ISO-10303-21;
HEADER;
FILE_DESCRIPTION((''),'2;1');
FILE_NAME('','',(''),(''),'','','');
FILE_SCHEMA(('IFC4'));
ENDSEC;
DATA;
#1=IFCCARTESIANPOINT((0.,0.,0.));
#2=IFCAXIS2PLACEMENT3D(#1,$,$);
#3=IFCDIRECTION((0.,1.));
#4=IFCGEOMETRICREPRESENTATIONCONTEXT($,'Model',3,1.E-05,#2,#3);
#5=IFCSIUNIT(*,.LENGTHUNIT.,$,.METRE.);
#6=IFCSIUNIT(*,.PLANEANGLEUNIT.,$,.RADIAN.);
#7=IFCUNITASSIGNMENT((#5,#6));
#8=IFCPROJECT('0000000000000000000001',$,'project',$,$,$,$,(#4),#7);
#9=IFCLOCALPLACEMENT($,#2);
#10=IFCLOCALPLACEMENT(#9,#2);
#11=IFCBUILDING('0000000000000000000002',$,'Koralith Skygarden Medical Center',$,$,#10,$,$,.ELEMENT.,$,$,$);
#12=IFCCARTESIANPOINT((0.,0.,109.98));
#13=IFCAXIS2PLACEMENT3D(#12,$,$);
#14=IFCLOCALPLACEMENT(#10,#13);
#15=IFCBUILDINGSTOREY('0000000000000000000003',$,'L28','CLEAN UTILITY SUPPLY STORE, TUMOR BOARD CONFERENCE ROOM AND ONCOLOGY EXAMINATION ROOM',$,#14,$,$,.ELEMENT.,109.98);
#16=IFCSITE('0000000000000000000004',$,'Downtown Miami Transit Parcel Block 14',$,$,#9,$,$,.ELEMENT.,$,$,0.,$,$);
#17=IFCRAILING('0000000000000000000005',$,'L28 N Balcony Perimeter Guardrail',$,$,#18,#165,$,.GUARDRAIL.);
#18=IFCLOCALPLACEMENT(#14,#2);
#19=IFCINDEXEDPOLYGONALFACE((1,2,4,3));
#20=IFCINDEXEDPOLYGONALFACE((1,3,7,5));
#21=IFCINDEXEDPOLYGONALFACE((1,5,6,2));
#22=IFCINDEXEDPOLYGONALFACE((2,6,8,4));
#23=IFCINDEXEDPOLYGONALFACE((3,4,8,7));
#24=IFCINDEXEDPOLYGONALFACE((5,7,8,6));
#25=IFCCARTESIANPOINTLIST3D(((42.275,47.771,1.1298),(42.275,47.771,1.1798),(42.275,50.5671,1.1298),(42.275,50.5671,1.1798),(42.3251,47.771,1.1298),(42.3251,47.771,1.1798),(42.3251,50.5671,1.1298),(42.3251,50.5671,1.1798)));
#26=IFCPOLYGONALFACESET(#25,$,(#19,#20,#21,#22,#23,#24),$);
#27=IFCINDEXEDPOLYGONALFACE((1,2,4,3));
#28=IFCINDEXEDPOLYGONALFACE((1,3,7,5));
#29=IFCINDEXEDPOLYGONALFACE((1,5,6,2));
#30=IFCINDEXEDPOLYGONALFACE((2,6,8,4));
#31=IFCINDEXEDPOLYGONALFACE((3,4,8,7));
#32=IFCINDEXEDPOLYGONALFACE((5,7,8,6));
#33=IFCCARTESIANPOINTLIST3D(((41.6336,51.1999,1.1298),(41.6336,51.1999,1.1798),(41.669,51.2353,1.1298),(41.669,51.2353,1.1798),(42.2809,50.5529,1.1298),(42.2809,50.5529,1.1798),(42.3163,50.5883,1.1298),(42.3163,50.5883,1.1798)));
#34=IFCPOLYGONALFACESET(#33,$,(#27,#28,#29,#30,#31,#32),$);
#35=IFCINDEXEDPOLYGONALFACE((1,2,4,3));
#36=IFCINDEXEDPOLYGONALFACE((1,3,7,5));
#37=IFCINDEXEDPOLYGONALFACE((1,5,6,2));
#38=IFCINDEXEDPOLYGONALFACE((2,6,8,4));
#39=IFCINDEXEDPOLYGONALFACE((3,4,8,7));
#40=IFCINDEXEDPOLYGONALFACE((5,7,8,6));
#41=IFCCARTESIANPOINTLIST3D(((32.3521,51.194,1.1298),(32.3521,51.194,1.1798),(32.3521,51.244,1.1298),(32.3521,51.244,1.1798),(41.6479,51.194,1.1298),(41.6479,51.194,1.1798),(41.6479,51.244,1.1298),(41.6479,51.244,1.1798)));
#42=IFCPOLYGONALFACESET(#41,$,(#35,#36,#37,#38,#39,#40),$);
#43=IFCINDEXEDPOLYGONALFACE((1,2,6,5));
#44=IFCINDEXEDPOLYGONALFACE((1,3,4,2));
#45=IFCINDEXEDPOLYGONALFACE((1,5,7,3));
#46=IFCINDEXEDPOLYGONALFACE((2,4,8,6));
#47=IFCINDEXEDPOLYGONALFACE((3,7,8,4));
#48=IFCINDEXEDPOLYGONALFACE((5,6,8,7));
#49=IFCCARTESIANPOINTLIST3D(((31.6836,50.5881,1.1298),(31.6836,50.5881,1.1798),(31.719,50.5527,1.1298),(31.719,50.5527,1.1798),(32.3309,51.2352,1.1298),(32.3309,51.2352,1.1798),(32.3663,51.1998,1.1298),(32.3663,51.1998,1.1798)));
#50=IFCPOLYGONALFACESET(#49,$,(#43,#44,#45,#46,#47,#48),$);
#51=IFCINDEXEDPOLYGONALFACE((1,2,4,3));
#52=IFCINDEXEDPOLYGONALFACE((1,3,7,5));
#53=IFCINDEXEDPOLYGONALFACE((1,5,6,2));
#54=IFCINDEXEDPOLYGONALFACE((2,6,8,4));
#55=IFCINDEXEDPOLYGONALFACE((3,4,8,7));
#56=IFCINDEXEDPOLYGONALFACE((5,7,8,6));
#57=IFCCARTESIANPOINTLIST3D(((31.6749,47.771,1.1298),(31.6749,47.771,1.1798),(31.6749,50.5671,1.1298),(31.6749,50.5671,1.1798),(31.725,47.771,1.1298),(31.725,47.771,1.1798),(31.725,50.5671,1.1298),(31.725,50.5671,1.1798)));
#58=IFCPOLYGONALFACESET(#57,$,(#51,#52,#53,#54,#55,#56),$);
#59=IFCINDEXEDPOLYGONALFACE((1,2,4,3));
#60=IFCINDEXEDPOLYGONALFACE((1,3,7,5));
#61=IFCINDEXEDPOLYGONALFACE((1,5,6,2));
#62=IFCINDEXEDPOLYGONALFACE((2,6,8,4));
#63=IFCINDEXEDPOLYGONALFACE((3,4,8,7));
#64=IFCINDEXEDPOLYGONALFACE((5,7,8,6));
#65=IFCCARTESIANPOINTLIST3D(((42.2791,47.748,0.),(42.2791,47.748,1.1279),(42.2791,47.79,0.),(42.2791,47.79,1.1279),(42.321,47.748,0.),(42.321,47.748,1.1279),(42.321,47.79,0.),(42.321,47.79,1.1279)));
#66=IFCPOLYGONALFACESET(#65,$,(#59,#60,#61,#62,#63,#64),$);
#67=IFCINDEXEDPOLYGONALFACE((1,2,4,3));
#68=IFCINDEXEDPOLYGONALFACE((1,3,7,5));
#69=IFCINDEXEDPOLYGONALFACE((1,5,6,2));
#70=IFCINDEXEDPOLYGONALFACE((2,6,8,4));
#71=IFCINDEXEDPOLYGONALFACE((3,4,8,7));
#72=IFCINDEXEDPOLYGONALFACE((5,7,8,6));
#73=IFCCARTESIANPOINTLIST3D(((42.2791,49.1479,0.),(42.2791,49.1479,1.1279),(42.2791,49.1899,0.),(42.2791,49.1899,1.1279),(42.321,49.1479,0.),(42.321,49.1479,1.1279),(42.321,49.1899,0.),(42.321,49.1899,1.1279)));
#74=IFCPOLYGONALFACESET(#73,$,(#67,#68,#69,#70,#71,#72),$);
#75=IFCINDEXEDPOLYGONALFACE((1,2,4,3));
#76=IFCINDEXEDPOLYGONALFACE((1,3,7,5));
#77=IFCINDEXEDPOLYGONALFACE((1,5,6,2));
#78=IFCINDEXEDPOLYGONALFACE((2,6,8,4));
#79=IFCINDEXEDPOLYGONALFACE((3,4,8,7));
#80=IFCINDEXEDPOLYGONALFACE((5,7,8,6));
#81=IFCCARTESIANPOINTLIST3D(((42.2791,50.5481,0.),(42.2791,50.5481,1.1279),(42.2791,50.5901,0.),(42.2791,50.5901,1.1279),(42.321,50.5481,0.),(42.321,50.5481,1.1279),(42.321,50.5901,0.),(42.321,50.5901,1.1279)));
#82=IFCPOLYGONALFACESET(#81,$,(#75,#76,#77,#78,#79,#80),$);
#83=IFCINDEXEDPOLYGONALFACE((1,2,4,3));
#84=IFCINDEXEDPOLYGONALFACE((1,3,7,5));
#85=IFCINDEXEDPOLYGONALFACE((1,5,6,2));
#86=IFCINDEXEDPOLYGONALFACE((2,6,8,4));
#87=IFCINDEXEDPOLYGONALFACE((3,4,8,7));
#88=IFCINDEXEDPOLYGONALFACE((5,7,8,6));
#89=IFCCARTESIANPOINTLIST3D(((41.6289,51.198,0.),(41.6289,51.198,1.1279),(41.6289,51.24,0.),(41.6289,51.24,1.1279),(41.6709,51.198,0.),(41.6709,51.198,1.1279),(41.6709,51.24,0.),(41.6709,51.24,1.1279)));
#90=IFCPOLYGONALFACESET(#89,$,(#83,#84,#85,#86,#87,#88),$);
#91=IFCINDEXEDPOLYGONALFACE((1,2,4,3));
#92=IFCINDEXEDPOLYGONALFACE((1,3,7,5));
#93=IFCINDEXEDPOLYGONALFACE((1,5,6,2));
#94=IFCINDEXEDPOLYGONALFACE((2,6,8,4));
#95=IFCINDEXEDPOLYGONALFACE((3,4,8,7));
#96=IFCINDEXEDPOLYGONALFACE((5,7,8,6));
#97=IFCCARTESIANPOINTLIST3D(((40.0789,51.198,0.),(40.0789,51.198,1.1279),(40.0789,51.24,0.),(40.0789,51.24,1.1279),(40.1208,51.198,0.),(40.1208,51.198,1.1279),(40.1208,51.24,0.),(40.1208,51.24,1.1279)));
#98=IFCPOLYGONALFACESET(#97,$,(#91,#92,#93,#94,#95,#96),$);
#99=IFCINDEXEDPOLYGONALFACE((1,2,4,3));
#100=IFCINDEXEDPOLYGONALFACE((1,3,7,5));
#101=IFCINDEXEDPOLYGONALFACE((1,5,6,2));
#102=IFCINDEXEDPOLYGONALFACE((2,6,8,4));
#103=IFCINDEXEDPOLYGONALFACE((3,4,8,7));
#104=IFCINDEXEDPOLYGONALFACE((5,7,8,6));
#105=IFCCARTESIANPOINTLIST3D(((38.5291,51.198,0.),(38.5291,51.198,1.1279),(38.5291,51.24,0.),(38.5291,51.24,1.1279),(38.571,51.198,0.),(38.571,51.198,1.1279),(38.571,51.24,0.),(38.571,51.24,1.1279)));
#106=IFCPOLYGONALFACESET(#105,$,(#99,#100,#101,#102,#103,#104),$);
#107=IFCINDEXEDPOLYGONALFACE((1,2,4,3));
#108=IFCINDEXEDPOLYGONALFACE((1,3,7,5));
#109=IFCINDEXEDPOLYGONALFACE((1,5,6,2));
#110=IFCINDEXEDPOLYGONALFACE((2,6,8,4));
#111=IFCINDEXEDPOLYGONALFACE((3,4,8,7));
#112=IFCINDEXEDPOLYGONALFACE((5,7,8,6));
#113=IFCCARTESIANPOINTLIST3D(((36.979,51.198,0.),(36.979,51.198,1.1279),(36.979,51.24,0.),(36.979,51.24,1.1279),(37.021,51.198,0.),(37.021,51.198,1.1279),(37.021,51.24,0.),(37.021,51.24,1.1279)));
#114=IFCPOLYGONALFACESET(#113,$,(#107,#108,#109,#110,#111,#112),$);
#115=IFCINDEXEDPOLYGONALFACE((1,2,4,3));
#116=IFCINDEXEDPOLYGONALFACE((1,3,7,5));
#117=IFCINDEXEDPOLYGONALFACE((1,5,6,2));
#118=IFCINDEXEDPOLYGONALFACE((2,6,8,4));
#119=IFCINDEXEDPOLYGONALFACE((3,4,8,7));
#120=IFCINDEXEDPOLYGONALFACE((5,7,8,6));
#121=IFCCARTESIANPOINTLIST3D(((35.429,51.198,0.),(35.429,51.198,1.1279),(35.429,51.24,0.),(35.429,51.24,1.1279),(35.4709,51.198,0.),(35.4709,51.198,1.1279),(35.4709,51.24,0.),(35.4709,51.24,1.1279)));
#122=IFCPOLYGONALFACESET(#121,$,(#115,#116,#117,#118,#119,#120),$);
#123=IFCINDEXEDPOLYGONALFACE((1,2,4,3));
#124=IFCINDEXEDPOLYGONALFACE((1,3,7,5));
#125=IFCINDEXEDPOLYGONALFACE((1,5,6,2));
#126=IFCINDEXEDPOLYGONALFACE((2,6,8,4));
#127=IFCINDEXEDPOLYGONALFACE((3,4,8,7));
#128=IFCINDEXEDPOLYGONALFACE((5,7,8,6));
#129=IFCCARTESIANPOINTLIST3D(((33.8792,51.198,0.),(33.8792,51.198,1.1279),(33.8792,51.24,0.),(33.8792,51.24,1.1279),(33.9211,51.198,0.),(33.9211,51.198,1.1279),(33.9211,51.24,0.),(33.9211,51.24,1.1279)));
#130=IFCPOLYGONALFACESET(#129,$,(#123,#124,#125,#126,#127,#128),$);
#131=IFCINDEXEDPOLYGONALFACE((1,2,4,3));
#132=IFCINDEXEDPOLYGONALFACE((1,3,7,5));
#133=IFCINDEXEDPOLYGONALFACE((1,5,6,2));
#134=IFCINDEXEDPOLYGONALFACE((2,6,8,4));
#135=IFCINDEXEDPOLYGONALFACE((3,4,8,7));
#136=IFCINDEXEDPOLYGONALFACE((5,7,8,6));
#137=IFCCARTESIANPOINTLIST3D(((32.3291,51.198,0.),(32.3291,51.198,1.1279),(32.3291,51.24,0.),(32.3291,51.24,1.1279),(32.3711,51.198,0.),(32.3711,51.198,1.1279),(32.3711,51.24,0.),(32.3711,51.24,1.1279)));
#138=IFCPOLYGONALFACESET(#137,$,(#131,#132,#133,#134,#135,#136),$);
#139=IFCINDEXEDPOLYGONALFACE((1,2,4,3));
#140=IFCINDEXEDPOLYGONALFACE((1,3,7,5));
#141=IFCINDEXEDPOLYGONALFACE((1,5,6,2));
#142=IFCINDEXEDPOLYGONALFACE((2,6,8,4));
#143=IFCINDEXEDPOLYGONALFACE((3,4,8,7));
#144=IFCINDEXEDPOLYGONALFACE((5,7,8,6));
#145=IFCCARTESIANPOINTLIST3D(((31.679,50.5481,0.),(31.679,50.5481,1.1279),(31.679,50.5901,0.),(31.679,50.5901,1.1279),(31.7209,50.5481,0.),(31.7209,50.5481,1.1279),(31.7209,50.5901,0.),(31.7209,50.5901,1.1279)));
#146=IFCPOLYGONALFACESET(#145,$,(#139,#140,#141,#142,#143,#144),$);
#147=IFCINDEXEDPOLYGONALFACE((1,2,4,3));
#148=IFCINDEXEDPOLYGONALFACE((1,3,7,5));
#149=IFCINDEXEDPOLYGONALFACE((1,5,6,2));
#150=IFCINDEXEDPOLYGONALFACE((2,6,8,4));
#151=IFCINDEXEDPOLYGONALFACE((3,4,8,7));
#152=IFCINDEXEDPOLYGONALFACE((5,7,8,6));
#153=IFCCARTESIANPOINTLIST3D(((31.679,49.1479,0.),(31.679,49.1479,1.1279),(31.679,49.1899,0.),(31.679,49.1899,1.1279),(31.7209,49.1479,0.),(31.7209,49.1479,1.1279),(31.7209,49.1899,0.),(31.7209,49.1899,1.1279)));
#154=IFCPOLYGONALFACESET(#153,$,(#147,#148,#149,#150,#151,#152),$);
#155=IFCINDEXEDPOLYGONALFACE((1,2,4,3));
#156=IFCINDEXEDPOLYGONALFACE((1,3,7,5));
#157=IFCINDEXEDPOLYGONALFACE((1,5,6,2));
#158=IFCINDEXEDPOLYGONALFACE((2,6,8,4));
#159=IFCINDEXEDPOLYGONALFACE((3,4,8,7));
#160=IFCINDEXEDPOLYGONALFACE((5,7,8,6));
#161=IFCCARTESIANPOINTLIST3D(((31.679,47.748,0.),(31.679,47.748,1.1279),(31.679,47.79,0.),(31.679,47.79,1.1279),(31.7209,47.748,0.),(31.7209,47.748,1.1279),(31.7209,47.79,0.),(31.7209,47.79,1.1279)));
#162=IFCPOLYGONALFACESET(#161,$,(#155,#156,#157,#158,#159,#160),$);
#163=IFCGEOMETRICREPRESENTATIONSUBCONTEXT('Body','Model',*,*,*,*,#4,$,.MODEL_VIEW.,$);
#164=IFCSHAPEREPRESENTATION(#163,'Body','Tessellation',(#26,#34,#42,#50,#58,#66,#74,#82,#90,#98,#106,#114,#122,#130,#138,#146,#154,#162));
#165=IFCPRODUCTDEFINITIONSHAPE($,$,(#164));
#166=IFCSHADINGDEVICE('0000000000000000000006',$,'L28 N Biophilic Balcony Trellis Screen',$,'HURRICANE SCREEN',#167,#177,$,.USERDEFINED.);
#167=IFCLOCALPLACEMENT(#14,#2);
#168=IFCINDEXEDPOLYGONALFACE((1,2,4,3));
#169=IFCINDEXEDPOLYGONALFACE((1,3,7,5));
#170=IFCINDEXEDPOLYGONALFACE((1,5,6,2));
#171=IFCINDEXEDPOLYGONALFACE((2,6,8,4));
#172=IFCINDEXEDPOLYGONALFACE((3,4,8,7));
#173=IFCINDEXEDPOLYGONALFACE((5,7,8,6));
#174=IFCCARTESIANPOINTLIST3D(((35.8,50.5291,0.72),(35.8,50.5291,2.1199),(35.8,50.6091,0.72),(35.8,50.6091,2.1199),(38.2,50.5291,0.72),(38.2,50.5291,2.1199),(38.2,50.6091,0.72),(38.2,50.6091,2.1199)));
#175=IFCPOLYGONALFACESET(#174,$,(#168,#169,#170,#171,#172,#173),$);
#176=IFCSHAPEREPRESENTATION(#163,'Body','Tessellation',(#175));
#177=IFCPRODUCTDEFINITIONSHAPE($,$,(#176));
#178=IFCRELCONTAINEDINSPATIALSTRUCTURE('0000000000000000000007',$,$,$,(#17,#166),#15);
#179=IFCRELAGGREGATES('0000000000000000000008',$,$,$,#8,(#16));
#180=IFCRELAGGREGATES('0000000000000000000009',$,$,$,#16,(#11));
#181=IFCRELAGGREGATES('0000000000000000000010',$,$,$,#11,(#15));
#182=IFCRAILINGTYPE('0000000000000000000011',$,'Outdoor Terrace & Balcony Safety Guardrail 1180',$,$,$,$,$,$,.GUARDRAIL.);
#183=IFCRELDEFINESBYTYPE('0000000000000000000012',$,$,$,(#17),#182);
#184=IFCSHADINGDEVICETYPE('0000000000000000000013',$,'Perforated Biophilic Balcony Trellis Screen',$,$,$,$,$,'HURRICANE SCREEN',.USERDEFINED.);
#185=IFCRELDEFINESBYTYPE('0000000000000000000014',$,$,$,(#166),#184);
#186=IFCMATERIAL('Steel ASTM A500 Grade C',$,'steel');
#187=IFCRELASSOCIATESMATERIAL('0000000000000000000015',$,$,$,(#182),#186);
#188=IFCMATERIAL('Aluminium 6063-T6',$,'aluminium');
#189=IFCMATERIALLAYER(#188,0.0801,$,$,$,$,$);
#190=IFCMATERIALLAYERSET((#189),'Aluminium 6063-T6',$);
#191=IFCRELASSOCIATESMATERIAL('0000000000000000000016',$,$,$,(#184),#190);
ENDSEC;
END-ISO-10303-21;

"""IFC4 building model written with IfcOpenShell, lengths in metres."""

from ifc_helpers import new_model, si_unit, direction, frame, origin, origin_2d, place, context, subcontext, project, spatial, rectangle, extrude, material, layer, layer_set, type_object, element, save


model = new_model("IFC4")

# Units and contexts
model_context = context("Model", 3, precision=1e-05, world=origin(), true_north=direction((0.0, 1.0)))
body_context = subcontext(model_context, "Body", "Model", "MODEL_VIEW")
ifc_project = project(units=[si_unit("LENGTHUNIT", "METRE"), si_unit("PLANEANGLEUNIT", "RADIAN")], contexts=[model_context])

# Site, building, storey
site_placement = place(None, origin())
site = spatial("IfcSite", under=ifc_project, at=site_placement, Name="Downtown Miami Transit Parcel Block 14", CompositionType="ELEMENT", RefElevation=0.0)
building_placement = place(site_placement, origin())
building = spatial("IfcBuilding", under=site, at=building_placement, Name="Koralith Skygarden Medical Center", CompositionType="ELEMENT")
storey_placement = place(building_placement, frame((0.0, 0.0, 109.98)))
storey = spatial("IfcBuildingStorey", under=building, at=storey_placement, Name="L28", Description="CLEAN UTILITY SUPPLY STORE, TUMOR BOARD CONFERENCE ROOM AND ONCOLOGY EXAMINATION ROOM", CompositionType="ELEMENT", Elevation=109.98)

# Shared definitions
ifc_material_1 = material(Name="Aluminium 6063-T6", Category="aluminium")

# Shared definitions
ifc_material_2 = material(Name="Steel ASTM A500 Grade C", Category="steel")

# Railing
railing_type = type_object("IfcRailingType", Name="Outdoor Terrace & Balcony Safety Guardrail 1180", PredefinedType="GUARDRAIL", material=ifc_material_2)
railing_placement = place(storey_placement, frame((42.3, 47.769, 0.0)))
element("IfcRailing", 1, at=railing_placement, inside=storey, type_object=railing_type, Name="L28 N Balcony Perimeter Guardrail", PredefinedType="GUARDRAIL", context=body_context, shape_type="SweptSolid", body=[
    extrude(rectangle(XDim=0.05, YDim=0.05, at=origin_2d()), frame((0.0, 0.002, 1.1548), z_axis=(0.0, 1.0, 0.0), x_axis=(-1.0, 0.0, 0.0)), (0.0, 0.0, 1.0), 2.7961),
    extrude(rectangle(XDim=0.05, YDim=0.05, at=origin_2d()), frame((-0.0015, 2.8015, 1.1548), z_axis=(-0.70724, 0.706974, 0.0), x_axis=(-0.706974, -0.70724, 0.0)), (0.0, 0.0, 1.0), 0.9153),
    extrude(rectangle(XDim=0.05, YDim=0.05, at=origin_2d()), frame((-0.6521, 3.45, 1.1548), z_axis=(-1.0, 0.0, 0.0), x_axis=(0.0, -1.0, 0.0)), (0.0, 0.0, 1.0), 9.2959),
    extrude(rectangle(XDim=0.05, YDim=0.05, at=origin_2d()), frame((-9.9514, 3.4485, 1.1548), z_axis=(-0.70724, -0.706974, 0.0), x_axis=(0.706974, -0.70724, 0.0)), (0.0, 0.0, 1.0), 0.9153),
    extrude(rectangle(XDim=0.05, YDim=0.05, at=origin_2d()), frame((-10.6001, 2.7981, 1.1548), z_axis=(0.0, -1.0, 0.0), x_axis=(1.0, 0.0, 0.0)), (0.0, 0.0, 1.0), 2.7961),
    extrude(rectangle(XDim=0.042, YDim=0.042, at=origin_2d()), origin(), (0.0, 0.0, 1.0), 1.1279),
    extrude(rectangle(XDim=0.042, YDim=0.042, at=origin_2d()), frame((0.0, 1.3999, 0.0)), (0.0, 0.0, 1.0), 1.1279),
    extrude(rectangle(XDim=0.042, YDim=0.042, at=origin_2d()), frame((0.0, 2.8, 0.0)), (0.0, 0.0, 1.0), 1.1279),
    extrude(rectangle(XDim=0.042, YDim=0.042, at=origin_2d()), frame((-0.6501, 3.45, 0.0)), (0.0, 0.0, 1.0), 1.1279),
    extrude(rectangle(XDim=0.042, YDim=0.042, at=origin_2d()), frame((-2.2002, 3.45, 0.0)), (0.0, 0.0, 1.0), 1.1279),
    extrude(rectangle(XDim=0.042, YDim=0.042, at=origin_2d()), frame((-3.75, 3.45, 0.0)), (0.0, 0.0, 1.0), 1.1279),
    extrude(rectangle(XDim=0.042, YDim=0.042, at=origin_2d()), frame((-5.3, 3.45, 0.0)), (0.0, 0.0, 1.0), 1.1279),
    extrude(rectangle(XDim=0.042, YDim=0.042, at=origin_2d()), frame((-6.8501, 3.45, 0.0)), (0.0, 0.0, 1.0), 1.1279),
    extrude(rectangle(XDim=0.042, YDim=0.042, at=origin_2d()), frame((-8.3999, 3.45, 0.0)), (0.0, 0.0, 1.0), 1.1279),
    extrude(rectangle(XDim=0.042, YDim=0.042, at=origin_2d()), frame((-9.95, 3.45, 0.0)), (0.0, 0.0, 1.0), 1.1279),
    extrude(rectangle(XDim=0.042, YDim=0.042, at=origin_2d()), frame((-10.6001, 2.8, 0.0)), (0.0, 0.0, 1.0), 1.1279),
    extrude(rectangle(XDim=0.042, YDim=0.042, at=origin_2d()), frame((-10.6001, 1.3999, 0.0)), (0.0, 0.0, 1.0), 1.1279),
    extrude(rectangle(XDim=0.042, YDim=0.042, at=origin_2d()), frame((-10.6001, 0.0, 0.0)), (0.0, 0.0, 1.0), 1.1279),
])

# Shading device
ifc_layer_1 = layer(ifc_material_1, 0.0801)
ifc_layer_set_1 = layer_set([ifc_layer_1], Name="Aluminium 6063-T6")
shading_device_type = type_object("IfcShadingDeviceType", Name="Perforated Biophilic Balcony Trellis Screen", ElementType="HURRICANE SCREEN", PredefinedType="USERDEFINED", material=ifc_layer_set_1)
shading_device_placement = place(storey_placement, frame((37.0, 50.5691, 0.72), z_axis=(0.0, 0.0, 1.0), x_axis=(1.0, 0.0, 0.0)))
element("IfcShadingDevice", 2, at=shading_device_placement, inside=storey, type_object=shading_device_type, Name="L28 N Biophilic Balcony Trellis Screen", ObjectType="HURRICANE SCREEN", PredefinedType="USERDEFINED", context=body_context, shape_type="SweptSolid", body=[
    extrude(rectangle(XDim=2.3999, YDim=0.0801, at=origin_2d()), origin(), (0.0, 0.0, 1.0), 1.3999),
])

save(model, "model.ifc")
